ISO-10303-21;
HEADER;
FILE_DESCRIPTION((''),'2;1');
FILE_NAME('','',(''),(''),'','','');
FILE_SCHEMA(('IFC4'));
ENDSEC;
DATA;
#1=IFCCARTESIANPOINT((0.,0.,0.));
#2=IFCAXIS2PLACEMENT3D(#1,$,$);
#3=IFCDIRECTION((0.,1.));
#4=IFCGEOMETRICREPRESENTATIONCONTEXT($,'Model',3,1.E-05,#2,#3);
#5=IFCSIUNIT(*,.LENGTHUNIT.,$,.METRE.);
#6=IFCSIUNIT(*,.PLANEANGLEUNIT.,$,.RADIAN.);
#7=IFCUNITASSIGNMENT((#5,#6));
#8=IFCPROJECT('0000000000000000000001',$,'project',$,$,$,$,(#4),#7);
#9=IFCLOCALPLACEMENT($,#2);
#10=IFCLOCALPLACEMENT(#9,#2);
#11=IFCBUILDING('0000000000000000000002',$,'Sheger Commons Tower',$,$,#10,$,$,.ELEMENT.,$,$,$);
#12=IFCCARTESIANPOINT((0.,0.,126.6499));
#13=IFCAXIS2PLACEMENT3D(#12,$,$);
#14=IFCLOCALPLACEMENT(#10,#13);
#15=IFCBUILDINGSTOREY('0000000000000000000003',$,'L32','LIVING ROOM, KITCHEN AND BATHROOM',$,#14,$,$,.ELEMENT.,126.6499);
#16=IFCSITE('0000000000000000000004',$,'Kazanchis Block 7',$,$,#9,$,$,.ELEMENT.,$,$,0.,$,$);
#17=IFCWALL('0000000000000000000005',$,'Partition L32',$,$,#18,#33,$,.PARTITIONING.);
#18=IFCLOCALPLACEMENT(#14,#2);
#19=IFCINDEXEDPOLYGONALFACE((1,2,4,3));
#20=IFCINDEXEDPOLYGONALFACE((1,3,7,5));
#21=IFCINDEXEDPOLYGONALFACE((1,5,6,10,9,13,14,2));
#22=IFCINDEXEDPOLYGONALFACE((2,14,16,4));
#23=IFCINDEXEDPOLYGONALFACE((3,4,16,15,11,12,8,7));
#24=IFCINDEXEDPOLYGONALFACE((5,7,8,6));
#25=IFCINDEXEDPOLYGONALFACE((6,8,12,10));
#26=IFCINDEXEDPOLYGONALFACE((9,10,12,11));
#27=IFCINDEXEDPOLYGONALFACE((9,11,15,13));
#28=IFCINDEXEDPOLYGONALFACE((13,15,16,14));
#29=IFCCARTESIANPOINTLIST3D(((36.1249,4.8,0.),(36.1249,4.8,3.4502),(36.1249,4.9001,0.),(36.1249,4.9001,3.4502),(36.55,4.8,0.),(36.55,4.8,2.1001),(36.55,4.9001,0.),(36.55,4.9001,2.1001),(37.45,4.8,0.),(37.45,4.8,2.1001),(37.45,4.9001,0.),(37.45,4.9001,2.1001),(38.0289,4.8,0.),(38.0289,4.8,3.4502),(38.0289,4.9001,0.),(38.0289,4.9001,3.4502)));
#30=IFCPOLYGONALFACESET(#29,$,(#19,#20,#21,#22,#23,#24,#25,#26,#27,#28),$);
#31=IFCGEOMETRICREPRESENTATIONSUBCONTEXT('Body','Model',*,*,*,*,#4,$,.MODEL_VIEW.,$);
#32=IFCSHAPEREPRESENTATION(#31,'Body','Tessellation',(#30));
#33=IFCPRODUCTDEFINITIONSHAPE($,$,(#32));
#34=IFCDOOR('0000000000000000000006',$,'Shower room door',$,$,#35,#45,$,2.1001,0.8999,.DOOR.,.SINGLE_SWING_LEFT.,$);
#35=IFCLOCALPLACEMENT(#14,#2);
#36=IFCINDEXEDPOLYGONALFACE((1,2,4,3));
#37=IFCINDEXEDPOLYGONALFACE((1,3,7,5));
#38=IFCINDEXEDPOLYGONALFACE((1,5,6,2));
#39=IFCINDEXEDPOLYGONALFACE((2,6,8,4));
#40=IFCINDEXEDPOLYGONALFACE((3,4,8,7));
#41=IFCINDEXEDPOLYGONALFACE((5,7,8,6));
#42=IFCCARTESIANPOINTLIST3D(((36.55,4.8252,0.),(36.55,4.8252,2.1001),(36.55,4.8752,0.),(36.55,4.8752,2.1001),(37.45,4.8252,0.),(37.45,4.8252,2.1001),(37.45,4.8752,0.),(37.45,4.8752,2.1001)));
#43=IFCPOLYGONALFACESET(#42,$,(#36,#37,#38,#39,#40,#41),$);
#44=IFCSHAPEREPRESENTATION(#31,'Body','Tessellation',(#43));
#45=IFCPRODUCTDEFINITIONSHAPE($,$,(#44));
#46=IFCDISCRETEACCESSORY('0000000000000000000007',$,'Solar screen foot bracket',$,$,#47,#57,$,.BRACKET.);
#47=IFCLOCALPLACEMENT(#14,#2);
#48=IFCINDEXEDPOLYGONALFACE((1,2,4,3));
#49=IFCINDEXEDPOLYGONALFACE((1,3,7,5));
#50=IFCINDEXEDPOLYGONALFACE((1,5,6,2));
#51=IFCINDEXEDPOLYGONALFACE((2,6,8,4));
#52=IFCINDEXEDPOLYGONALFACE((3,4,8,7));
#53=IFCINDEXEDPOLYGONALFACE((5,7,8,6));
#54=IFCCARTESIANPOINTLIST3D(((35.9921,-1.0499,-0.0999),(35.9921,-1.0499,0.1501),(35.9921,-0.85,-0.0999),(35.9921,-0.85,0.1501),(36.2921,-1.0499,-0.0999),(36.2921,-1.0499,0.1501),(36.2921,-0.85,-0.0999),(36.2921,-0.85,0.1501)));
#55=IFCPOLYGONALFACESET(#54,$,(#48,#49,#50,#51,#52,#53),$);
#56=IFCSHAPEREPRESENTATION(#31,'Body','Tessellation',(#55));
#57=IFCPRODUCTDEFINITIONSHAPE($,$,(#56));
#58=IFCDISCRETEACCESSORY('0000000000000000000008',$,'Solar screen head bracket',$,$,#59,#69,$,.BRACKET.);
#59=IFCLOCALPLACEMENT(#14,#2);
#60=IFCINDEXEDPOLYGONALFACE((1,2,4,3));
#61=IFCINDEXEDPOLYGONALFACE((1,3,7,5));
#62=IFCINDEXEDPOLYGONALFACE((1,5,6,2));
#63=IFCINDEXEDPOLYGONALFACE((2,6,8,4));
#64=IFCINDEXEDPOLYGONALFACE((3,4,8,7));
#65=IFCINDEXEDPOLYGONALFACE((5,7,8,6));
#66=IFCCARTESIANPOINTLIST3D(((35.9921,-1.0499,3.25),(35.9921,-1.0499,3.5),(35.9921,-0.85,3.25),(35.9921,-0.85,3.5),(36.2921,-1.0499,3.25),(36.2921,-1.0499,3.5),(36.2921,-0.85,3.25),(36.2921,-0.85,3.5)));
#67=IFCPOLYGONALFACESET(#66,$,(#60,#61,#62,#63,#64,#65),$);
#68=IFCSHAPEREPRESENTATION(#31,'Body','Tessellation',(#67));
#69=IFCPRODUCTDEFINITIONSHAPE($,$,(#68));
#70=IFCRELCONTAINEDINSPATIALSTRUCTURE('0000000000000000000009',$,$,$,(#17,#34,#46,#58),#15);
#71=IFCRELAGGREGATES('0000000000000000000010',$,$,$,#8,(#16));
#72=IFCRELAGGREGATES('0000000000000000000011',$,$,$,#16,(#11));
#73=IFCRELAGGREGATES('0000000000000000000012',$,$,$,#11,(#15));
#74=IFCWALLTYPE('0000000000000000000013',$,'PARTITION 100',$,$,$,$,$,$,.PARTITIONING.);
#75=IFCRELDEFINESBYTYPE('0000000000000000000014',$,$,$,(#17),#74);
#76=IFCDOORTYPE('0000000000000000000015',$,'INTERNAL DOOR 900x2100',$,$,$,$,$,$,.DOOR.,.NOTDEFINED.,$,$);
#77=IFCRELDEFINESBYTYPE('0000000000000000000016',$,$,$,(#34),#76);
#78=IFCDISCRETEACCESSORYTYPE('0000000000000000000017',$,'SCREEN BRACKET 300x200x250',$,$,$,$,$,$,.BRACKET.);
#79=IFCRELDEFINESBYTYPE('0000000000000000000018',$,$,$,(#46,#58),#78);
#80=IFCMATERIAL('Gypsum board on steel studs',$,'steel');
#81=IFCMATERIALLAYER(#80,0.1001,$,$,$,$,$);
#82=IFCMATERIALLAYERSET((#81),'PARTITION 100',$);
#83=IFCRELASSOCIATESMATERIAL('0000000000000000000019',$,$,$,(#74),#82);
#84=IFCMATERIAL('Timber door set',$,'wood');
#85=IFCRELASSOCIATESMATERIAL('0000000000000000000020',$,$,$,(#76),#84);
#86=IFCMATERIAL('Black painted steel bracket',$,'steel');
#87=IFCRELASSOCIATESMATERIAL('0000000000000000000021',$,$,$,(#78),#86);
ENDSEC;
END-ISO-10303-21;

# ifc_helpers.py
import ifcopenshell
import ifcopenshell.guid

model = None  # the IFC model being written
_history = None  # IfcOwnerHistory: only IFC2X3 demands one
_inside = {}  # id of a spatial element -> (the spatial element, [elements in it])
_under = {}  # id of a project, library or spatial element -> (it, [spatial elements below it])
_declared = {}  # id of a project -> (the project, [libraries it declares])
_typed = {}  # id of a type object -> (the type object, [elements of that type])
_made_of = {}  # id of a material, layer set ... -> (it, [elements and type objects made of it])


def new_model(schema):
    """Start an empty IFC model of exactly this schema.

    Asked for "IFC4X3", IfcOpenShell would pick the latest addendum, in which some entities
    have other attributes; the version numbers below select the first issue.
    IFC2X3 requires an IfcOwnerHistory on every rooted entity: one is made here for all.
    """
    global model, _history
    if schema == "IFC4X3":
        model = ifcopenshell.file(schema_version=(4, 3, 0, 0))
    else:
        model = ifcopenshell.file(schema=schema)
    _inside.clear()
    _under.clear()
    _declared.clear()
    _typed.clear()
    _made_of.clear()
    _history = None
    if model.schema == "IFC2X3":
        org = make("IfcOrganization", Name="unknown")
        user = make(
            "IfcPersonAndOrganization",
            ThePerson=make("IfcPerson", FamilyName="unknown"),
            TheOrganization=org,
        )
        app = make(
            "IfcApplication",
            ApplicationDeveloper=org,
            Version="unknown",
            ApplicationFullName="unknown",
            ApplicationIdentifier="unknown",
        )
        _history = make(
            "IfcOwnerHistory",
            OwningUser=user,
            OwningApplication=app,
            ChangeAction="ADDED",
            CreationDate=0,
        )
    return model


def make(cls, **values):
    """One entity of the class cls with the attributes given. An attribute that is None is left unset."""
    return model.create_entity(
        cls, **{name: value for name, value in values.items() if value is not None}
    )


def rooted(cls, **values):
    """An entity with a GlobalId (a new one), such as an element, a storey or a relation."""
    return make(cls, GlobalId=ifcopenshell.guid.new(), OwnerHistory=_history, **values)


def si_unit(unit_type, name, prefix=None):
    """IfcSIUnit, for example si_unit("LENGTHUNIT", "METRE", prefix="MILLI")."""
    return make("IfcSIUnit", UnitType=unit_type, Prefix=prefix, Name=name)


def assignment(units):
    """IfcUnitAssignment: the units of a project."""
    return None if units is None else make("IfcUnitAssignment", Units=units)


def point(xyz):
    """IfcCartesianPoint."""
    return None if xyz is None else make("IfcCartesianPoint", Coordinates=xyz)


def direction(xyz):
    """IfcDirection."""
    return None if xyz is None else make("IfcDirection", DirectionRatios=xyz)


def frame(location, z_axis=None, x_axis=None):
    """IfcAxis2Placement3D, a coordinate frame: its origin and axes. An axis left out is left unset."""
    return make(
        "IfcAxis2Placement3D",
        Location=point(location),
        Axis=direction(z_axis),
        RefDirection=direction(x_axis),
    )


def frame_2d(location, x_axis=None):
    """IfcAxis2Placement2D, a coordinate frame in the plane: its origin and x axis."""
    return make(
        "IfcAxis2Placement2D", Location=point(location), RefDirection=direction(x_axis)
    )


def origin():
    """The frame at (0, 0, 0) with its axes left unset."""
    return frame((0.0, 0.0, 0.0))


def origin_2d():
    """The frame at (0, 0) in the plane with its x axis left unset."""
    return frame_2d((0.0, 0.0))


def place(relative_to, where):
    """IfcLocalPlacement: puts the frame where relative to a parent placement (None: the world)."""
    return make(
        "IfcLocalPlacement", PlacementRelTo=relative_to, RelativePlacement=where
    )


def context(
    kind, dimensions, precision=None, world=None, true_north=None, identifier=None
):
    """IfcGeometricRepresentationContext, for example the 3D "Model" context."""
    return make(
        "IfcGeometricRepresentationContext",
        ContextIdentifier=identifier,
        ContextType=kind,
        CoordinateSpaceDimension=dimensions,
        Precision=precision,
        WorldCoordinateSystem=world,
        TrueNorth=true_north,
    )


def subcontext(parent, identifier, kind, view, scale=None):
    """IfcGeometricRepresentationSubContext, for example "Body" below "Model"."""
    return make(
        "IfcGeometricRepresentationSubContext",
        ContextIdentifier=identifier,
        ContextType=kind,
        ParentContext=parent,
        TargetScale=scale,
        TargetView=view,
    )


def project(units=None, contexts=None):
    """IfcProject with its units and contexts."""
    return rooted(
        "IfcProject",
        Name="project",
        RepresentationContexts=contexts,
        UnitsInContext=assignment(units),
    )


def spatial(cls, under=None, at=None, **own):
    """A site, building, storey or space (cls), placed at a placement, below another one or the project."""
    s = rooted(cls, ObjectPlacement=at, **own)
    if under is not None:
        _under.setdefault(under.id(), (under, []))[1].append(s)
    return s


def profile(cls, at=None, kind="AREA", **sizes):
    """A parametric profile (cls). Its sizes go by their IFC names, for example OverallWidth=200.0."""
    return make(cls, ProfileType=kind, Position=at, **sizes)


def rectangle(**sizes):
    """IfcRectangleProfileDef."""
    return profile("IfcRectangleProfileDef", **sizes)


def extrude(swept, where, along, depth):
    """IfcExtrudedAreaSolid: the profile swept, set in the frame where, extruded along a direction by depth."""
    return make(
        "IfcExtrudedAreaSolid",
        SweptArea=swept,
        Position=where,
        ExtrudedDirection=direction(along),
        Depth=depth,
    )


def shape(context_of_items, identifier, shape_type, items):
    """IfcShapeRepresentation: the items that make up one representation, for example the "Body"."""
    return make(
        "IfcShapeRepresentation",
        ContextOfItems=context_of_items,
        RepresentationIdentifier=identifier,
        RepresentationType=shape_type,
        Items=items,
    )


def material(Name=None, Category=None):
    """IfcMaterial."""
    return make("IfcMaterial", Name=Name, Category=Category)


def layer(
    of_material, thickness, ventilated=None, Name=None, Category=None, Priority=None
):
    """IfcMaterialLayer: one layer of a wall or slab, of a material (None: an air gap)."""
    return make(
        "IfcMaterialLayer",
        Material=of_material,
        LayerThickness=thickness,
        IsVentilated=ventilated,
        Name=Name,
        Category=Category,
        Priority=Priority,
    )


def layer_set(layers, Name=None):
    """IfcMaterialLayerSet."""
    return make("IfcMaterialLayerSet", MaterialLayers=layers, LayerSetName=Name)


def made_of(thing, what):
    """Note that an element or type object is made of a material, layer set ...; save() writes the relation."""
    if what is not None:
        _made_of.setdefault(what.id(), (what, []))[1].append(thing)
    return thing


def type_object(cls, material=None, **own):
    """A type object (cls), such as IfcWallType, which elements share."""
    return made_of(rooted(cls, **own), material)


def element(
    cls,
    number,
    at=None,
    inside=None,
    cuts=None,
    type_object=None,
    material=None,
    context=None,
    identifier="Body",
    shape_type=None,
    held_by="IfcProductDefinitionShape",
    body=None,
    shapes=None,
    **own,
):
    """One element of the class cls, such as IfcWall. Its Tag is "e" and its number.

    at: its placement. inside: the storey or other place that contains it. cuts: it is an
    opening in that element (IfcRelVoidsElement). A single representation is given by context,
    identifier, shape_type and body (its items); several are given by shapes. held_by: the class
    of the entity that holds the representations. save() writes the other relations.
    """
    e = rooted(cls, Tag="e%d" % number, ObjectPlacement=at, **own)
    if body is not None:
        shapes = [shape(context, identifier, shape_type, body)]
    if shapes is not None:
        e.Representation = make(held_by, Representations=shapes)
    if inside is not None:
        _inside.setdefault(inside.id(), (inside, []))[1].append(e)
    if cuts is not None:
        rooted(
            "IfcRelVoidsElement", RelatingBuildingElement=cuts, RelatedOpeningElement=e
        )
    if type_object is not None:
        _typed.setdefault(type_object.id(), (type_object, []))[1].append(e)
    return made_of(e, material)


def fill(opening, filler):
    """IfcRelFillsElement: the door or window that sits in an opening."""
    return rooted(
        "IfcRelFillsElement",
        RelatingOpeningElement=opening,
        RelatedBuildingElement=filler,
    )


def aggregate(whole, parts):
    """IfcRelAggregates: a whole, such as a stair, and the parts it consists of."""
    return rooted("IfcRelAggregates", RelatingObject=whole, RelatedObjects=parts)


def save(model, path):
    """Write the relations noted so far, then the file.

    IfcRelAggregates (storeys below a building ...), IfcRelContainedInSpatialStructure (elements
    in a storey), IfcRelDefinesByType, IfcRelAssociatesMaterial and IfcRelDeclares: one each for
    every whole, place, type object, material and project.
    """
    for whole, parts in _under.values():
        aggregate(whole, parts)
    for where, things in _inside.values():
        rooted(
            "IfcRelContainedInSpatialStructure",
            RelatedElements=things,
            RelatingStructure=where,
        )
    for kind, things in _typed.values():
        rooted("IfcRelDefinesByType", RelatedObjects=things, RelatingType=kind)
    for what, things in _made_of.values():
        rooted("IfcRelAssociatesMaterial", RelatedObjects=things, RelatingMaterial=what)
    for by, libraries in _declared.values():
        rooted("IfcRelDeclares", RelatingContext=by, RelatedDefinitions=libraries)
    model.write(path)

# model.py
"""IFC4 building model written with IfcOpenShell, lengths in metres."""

from ifc_helpers import new_model, si_unit, direction, frame, frame_2d, origin, origin_2d, place, context, subcontext, project, spatial, rectangle, extrude, material, layer, layer_set, type_object, element, fill, save


model = new_model("IFC4")

# Units and contexts
model_context = context("Model", 3, precision=1e-05, world=origin(), true_north=direction((0.0, 1.0)))
body_context = subcontext(model_context, "Body", "Model", "MODEL_VIEW")
ifc_project = project(units=[si_unit("LENGTHUNIT", "METRE"), si_unit("PLANEANGLEUNIT", "RADIAN")], contexts=[model_context])

# Site, building, storey
site_placement = place(None, origin())
site = spatial("IfcSite", under=ifc_project, at=site_placement, Name="Kazanchis Block 7", CompositionType="ELEMENT", RefElevation=0.0)
building_placement = place(site_placement, origin())
building = spatial("IfcBuilding", under=site, at=building_placement, Name="Sheger Commons Tower", CompositionType="ELEMENT")
storey_placement = place(building_placement, frame((0.0, 0.0, 126.6499)))
storey = spatial("IfcBuildingStorey", under=building, at=storey_placement, Name="L32", Description="LIVING ROOM, KITCHEN AND BATHROOM", CompositionType="ELEMENT", Elevation=126.6499)

# Shared definitions
ifc_material_1 = material(Name="Gypsum board on steel studs", Category="steel")
ifc_layer_1 = layer(ifc_material_1, 0.1001)
ifc_layer_set_1 = layer_set([ifc_layer_1], Name="PARTITION 100")
wall_type_1 = type_object("IfcWallType", Name="PARTITION 100", PredefinedType="PARTITIONING", material=ifc_layer_set_1)
ifc_material_2 = material(Name="Timber door set", Category="wood")
door_type = type_object("IfcDoorType", Name="INTERNAL DOOR 900x2100", OperationType="NOTDEFINED", PredefinedType="DOOR", material=ifc_material_2)

# Wall, opening, door
wall_1_placement = place(storey_placement, frame((38.0291, 4.8501, 0.0), z_axis=(0.0, 0.0, 1.0), x_axis=(-1.0, 0.0, 0.0)))
wall_1 = element("IfcWall", 1, at=wall_1_placement, inside=storey, type_object=wall_type_1, Name="Partition L32", PredefinedType="PARTITIONING", context=body_context, shape_type="SweptSolid", body=[
    extrude(rectangle(XDim=1.9041, YDim=0.1001, at=frame_2d((0.9521, 0.0))), origin(), (0.0, 0.0, 1.0), 3.4502),
])
opening_1_placement = place(wall_1_placement, frame((0.5791, 0.0, 0.0)))
opening_1 = element("IfcOpeningElement", 2, at=opening_1_placement, cuts=wall_1, PredefinedType="OPENING", context=body_context, shape_type="SweptSolid", body=[
    extrude(rectangle(XDim=0.8999, YDim=2.1001, at=frame_2d((0.45, 1.05))), frame((0.0, 0.0601, 0.0), z_axis=(0.0, -1.0, 0.0), x_axis=(1.0, 0.0, 0.0)), (0.0, 0.0, 1.0), 0.1201),
])
door_1_placement = place(opening_1_placement, origin())
door_1 = element("IfcDoor", 3, at=door_1_placement, inside=storey, type_object=door_type, Name="Shower room door", OperationType="SINGLE_SWING_LEFT", OverallHeight=2.1001, OverallWidth=0.8999, PredefinedType="DOOR", context=body_context, shape_type="SweptSolid", body=[
    extrude(rectangle(XDim=0.8999, YDim=2.1001, at=frame_2d((0.45, 1.05))), frame((0.0, 0.0249, 0.0), z_axis=(0.0, -1.0, 0.0), x_axis=(1.0, 0.0, 0.0)), (0.0, 0.0, 1.0), 0.05),
])
fill(opening_1, door_1)

# Discrete accessories
ifc_material_3 = material(Name="Black painted steel bracket", Category="steel")
discrete_accessory_type = type_object("IfcDiscreteAccessoryType", Name="SCREEN BRACKET 300x200x250", PredefinedType="BRACKET", material=ifc_material_3)
for number, where, z_axis, x_axis, name in (
    (4, (36.1421, -0.95, -0.0999), (0.0, 0.0, 1.0), (1.0, 0.0, 0.0), "Solar screen foot bracket"),
    (5, (36.1421, -0.95, 3.25), (0.0, 0.0, 1.0), (1.0, 0.0, 0.0), "Solar screen head bracket"),
):
    element("IfcDiscreteAccessory", number, at=place(storey_placement, frame(where, z_axis=z_axis, x_axis=x_axis)), inside=storey, type_object=discrete_accessory_type, Name=name, PredefinedType="BRACKET", context=body_context, shape_type="SweptSolid", body=[
        extrude(rectangle(XDim=0.3, YDim=0.2, at=origin_2d()), origin(), (0.0, 0.0, 1.0), 0.25),
    ])

save(model, "model.ifc")
